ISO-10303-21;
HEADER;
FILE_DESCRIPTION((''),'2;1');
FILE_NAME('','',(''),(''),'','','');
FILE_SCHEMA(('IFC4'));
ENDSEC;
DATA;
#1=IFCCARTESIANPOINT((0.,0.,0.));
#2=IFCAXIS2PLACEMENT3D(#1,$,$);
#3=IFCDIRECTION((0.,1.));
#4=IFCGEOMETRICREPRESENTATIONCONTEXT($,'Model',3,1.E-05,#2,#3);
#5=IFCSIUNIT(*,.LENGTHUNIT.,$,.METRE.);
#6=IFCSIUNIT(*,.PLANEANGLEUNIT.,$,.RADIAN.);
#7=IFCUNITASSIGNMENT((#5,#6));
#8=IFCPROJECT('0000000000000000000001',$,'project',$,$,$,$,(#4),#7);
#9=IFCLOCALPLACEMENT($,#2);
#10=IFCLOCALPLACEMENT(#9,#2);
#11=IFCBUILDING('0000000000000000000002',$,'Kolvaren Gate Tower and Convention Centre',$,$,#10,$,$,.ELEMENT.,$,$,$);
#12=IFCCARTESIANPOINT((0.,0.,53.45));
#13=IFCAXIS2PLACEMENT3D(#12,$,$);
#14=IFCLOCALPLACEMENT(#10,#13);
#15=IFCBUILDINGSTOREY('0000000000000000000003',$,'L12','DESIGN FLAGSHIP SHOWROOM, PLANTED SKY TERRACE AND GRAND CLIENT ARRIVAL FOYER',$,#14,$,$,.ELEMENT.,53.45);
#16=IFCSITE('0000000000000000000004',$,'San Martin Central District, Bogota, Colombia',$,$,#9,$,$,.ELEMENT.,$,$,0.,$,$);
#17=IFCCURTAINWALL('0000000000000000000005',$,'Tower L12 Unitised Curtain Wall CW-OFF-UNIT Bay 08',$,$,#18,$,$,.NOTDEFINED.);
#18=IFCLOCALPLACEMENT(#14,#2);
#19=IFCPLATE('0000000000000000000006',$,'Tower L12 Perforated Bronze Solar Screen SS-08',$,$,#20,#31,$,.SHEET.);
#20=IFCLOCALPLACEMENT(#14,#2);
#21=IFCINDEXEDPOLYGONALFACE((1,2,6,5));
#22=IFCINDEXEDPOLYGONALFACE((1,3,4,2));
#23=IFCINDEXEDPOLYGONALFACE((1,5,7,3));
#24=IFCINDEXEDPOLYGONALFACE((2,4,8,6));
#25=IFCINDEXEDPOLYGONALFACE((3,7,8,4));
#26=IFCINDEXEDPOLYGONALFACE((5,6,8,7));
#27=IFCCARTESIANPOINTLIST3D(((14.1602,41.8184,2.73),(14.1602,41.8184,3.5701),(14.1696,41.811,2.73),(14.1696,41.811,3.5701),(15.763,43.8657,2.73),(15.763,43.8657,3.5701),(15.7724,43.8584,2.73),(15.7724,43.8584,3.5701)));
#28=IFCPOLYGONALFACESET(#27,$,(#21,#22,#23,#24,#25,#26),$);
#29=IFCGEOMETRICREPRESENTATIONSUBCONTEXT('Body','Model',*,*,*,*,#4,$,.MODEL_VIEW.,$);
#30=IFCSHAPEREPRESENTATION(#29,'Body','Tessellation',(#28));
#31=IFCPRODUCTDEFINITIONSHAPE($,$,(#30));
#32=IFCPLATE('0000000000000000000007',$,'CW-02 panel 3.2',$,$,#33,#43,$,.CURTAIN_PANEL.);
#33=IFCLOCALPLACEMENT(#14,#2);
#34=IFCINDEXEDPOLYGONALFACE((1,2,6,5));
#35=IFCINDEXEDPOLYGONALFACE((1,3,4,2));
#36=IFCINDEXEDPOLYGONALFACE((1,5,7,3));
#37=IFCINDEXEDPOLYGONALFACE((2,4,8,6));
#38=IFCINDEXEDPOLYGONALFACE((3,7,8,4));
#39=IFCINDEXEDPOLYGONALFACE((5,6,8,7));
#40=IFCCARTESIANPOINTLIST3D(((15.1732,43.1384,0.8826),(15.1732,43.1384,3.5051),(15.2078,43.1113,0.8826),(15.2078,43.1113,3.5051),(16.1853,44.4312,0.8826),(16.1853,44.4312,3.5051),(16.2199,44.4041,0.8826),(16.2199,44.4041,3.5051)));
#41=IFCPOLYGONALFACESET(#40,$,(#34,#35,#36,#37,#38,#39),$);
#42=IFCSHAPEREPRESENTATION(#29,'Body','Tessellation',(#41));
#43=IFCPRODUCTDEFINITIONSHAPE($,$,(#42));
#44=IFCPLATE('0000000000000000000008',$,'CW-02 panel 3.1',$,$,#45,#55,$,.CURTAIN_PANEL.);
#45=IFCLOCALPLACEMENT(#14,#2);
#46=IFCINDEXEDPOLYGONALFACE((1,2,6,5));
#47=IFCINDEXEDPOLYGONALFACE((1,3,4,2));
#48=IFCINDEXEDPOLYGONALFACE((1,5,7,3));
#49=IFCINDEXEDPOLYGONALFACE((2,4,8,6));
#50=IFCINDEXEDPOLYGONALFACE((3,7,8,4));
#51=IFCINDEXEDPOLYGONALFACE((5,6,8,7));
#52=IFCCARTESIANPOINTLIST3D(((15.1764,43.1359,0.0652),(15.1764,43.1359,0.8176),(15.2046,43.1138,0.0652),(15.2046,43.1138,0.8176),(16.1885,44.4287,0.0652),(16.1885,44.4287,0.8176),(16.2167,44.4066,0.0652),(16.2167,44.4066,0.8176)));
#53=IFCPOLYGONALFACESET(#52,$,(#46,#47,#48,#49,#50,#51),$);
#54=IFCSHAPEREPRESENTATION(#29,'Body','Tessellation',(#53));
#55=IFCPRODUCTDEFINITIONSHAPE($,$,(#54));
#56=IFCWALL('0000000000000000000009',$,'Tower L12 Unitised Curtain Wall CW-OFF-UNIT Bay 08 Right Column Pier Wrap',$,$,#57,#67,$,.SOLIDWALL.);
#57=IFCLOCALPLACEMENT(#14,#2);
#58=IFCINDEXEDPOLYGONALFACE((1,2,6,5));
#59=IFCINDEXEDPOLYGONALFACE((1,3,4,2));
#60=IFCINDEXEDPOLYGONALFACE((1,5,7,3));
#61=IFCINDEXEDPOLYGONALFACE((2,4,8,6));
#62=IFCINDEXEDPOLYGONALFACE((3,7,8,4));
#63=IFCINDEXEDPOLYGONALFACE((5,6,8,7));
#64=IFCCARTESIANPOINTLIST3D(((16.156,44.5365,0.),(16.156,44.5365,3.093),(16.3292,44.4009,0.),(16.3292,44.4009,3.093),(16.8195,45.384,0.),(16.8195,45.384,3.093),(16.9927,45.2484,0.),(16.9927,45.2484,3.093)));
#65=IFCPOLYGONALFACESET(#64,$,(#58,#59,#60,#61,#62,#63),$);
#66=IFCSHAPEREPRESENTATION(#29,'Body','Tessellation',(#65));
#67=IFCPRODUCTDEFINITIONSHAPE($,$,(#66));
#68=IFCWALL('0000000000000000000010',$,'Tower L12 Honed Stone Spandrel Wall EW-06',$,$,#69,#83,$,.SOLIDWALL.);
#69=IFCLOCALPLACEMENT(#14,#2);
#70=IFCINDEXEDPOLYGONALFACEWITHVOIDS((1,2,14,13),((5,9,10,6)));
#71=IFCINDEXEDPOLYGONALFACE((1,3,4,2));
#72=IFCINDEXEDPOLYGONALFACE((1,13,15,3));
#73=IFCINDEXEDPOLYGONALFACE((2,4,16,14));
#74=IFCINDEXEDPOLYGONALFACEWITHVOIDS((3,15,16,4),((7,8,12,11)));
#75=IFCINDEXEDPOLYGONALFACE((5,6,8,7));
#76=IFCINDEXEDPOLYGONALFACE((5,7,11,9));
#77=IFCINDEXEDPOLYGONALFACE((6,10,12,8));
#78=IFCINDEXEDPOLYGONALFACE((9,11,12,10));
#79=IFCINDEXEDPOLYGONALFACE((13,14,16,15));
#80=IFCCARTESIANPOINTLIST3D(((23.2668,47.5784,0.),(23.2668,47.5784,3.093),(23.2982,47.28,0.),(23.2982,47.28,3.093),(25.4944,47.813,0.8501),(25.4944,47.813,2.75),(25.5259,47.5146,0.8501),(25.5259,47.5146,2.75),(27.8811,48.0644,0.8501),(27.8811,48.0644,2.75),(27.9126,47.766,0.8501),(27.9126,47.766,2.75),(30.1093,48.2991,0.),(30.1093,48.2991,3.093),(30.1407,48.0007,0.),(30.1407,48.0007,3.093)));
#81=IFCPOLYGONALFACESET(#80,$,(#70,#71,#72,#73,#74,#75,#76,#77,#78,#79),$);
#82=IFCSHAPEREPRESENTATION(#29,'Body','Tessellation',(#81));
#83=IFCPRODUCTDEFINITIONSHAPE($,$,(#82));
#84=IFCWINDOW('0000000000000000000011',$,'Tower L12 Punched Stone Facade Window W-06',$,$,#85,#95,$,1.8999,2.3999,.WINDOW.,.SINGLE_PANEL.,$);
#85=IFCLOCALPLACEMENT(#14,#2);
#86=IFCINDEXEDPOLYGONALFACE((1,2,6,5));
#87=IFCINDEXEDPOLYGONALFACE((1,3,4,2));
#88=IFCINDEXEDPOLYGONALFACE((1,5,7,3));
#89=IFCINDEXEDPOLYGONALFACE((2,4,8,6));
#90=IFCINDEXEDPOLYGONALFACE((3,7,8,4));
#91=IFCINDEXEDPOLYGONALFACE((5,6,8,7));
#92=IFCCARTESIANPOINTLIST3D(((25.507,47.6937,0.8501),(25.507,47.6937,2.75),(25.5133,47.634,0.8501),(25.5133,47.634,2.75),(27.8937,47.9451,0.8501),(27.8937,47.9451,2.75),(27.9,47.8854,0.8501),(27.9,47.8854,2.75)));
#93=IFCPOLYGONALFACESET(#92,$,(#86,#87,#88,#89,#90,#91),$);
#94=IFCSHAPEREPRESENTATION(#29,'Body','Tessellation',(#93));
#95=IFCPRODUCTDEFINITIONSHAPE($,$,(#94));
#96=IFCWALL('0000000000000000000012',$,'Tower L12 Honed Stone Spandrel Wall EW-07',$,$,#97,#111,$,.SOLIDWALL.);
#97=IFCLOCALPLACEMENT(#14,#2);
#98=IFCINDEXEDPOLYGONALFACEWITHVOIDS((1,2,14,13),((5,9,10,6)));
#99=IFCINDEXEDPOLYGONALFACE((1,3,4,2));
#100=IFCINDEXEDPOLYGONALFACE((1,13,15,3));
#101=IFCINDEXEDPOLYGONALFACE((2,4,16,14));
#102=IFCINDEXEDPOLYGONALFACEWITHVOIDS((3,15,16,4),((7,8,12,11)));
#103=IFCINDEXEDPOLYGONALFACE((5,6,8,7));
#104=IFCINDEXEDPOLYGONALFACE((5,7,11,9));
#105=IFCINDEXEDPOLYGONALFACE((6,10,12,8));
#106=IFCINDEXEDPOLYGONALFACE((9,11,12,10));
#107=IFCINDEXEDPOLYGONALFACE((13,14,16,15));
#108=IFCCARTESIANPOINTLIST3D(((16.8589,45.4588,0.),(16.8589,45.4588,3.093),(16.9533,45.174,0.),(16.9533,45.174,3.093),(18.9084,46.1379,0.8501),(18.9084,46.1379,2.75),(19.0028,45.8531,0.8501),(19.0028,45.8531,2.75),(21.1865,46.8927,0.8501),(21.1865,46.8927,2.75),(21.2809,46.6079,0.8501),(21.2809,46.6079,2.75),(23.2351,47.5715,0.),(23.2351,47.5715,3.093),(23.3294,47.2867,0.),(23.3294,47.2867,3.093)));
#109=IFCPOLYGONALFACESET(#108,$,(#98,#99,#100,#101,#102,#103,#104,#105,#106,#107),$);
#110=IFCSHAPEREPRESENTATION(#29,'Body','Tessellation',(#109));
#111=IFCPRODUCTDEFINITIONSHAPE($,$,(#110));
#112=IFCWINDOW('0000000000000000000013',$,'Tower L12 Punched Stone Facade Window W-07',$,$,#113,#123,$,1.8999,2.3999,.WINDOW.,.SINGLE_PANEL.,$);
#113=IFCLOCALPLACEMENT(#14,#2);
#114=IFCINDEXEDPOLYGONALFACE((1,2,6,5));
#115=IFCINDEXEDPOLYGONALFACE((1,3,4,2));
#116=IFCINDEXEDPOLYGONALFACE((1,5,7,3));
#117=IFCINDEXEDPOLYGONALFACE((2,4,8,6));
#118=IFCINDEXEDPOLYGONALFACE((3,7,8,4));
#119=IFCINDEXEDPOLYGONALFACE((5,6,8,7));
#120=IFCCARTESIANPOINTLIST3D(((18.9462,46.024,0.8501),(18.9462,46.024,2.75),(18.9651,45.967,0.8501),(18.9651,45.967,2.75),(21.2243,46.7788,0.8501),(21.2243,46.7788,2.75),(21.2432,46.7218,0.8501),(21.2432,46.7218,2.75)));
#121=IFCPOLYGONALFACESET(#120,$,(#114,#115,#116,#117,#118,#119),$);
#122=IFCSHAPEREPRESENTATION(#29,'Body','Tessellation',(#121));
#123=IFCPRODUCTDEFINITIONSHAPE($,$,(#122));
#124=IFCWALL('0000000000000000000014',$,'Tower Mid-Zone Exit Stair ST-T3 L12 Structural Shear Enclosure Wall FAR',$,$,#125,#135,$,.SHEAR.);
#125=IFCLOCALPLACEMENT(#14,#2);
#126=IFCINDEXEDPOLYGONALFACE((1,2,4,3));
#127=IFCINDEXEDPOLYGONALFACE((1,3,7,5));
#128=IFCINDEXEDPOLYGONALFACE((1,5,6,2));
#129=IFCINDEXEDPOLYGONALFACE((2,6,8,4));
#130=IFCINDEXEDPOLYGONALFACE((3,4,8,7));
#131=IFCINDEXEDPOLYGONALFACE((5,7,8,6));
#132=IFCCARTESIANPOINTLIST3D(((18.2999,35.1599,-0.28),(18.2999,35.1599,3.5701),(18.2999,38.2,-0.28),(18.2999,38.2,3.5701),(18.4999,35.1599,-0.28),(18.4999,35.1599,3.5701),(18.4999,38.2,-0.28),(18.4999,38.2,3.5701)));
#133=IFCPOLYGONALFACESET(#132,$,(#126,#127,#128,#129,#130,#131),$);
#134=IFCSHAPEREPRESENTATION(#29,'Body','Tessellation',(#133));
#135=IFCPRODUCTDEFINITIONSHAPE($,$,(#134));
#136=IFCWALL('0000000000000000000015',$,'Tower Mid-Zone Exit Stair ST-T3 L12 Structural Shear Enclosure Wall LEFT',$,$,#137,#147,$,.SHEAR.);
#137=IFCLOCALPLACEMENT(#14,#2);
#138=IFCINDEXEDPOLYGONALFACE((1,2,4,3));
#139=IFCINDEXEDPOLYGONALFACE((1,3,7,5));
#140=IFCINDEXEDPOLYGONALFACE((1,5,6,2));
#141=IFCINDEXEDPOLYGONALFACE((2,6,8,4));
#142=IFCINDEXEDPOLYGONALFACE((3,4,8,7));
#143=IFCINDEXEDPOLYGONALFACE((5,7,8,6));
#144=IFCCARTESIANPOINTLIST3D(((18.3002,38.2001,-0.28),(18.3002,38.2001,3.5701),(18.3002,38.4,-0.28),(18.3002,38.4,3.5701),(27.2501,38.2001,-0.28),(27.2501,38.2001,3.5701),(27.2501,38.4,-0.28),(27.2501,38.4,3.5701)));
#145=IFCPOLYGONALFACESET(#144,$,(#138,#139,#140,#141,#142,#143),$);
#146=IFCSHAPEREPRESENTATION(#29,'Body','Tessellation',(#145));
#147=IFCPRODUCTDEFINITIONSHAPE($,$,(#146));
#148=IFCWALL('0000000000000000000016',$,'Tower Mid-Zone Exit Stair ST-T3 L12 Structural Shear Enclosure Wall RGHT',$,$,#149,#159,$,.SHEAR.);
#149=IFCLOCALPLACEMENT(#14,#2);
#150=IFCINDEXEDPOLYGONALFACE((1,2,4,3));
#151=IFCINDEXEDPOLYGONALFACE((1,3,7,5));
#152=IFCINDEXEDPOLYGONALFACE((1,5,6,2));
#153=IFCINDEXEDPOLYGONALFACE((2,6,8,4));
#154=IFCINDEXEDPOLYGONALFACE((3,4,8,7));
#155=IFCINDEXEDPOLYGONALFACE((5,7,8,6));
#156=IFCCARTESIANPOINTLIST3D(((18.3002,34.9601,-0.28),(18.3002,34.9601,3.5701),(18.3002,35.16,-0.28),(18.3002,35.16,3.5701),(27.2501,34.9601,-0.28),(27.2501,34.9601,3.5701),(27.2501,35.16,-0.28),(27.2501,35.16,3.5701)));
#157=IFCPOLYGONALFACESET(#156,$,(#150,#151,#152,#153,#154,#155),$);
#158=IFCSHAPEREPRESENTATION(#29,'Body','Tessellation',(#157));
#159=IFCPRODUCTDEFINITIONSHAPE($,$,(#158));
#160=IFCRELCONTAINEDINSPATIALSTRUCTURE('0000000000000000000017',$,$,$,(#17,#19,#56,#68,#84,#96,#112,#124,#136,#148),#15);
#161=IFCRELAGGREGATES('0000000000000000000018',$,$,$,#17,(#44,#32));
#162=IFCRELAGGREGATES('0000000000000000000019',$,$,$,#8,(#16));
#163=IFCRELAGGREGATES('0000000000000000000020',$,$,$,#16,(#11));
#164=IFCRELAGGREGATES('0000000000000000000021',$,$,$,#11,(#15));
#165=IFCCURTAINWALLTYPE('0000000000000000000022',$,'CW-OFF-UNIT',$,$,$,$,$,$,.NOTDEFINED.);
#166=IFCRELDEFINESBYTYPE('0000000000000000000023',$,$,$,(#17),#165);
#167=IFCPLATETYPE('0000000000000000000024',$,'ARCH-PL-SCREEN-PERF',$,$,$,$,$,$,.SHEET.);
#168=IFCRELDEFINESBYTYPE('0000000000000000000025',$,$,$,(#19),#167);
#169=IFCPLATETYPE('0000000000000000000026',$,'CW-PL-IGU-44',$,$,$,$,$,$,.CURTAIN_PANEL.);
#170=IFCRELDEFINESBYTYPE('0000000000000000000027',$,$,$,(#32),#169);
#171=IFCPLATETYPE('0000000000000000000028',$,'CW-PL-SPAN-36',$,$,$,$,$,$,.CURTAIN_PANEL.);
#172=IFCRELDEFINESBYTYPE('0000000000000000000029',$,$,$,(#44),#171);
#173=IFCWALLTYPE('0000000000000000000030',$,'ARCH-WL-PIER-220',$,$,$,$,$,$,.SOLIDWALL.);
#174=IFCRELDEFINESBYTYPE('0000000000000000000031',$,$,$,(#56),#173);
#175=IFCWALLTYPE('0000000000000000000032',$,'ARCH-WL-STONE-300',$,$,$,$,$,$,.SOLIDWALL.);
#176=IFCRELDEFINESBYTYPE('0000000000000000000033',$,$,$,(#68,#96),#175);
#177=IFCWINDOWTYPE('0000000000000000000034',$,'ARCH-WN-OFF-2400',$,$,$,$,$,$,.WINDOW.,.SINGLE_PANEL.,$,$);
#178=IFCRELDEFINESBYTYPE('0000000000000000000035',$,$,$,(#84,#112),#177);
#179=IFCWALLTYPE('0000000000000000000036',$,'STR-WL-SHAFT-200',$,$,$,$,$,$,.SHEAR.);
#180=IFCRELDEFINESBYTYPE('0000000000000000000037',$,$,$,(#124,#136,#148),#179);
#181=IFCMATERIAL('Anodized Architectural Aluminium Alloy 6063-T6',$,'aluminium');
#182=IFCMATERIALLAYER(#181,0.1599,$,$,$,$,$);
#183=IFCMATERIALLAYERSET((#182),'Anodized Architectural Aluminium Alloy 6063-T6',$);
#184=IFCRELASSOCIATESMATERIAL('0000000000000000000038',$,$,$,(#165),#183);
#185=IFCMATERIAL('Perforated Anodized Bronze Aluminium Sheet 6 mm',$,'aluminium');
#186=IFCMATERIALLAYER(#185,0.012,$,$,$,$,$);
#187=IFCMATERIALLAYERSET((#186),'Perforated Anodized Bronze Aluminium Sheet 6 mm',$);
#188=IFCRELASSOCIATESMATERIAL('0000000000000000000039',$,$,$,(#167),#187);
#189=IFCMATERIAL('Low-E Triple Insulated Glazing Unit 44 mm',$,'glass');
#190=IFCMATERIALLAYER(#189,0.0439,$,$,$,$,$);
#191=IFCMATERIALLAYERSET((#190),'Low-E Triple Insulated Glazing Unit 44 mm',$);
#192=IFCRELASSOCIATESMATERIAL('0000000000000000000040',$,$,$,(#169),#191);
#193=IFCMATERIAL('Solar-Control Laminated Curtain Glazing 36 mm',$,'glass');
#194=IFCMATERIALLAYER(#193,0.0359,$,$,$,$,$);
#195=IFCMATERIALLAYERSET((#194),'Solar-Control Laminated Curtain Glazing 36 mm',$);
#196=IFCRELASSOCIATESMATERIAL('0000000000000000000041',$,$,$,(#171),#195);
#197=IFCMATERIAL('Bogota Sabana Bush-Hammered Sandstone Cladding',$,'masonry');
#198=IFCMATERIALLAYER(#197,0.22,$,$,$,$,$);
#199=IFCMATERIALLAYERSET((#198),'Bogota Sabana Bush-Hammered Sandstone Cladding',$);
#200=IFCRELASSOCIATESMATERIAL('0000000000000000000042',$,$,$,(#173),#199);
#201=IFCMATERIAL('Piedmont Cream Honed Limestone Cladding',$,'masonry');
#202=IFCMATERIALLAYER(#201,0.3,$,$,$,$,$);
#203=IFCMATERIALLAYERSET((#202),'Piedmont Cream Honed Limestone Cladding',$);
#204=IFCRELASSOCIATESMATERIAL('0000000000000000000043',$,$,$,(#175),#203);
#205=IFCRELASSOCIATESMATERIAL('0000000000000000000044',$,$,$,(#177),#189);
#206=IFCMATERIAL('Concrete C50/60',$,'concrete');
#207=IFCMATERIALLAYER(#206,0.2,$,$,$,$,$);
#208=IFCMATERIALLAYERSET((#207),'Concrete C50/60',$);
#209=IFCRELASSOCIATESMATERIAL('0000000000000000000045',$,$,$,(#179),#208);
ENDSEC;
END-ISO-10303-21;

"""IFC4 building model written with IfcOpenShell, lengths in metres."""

from ifc_helpers import new_model, si_unit, direction, frame, frame_2d, origin, origin_2d, place, context, subcontext, project, spatial, rectangle, extrude, material, layer, layer_set, type_object, element, fill, aggregate, save


model = new_model("IFC4")

# Units and contexts
model_context = context("Model", 3, precision=1e-05, world=origin(), true_north=direction((0.0, 1.0)))
body_context = subcontext(model_context, "Body", "Model", "MODEL_VIEW")
ifc_project = project(units=[si_unit("LENGTHUNIT", "METRE"), si_unit("PLANEANGLEUNIT", "RADIAN")], contexts=[model_context])

# Site, building, storey
site_placement = place(None, origin())
site = spatial("IfcSite", under=ifc_project, at=site_placement, Name="San Martin Central District, Bogota, Colombia", CompositionType="ELEMENT", RefElevation=0.0)
building_placement = place(site_placement, origin())
building = spatial("IfcBuilding", under=site, at=building_placement, Name="Kolvaren Gate Tower and Convention Centre", CompositionType="ELEMENT")
storey_placement = place(building_placement, frame((0.0, 0.0, 53.45)))
storey = spatial("IfcBuildingStorey", under=building, at=storey_placement, Name="L12", Description="DESIGN FLAGSHIP SHOWROOM, PLANTED SKY TERRACE AND GRAND CLIENT ARRIVAL FOYER", CompositionType="ELEMENT", Elevation=53.45)

# Curtain wall
ifc_material_1 = material(Name="Anodized Architectural Aluminium Alloy 6063-T6", Category="aluminium")
ifc_layer_1 = layer(ifc_material_1, 0.1599)
ifc_layer_set_1 = layer_set([ifc_layer_1], Name="Anodized Architectural Aluminium Alloy 6063-T6")
curtain_wall_type = type_object("IfcCurtainWallType", Name="CW-OFF-UNIT", PredefinedType="NOTDEFINED", material=ifc_layer_set_1)
curtain_wall_placement = place(storey_placement, origin())
curtain_wall = element("IfcCurtainWall", 1, at=curtain_wall_placement, inside=storey, type_object=curtain_wall_type, Name="Tower L12 Unitised Curtain Wall CW-OFF-UNIT Bay 08", PredefinedType="NOTDEFINED")

# Plates
ifc_material_2 = material(Name="Perforated Anodized Bronze Aluminium Sheet 6 mm", Category="aluminium")
ifc_layer_2 = layer(ifc_material_2, 0.012)
ifc_layer_set_2 = layer_set([ifc_layer_2], Name="Perforated Anodized Bronze Aluminium Sheet 6 mm")
plate_type_1 = type_object("IfcPlateType", Name="ARCH-PL-SCREEN-PERF", PredefinedType="SHEET", material=ifc_layer_set_2)
plate_1_placement = place(storey_placement, frame((14.9663, 42.8384, 2.73), z_axis=(0.0, 0.0, 1.0), x_axis=(0.616442, 0.7874, 0.0)))
element("IfcPlate", 2, at=plate_1_placement, inside=storey, type_object=plate_type_1, Name="Tower L12 Perforated Bronze Solar Screen SS-08", PredefinedType="SHEET", context=body_context, shape_type="SweptSolid", body=[
    extrude(rectangle(XDim=2.6001, YDim=0.012, at=origin_2d()), origin(), (0.0, 0.0, 1.0), 0.8401),
])
ifc_material_3 = material(Name="Low-E Triple Insulated Glazing Unit 44 mm", Category="glass")
ifc_layer_3 = layer(ifc_material_3, 0.0439)
ifc_layer_set_3 = layer_set([ifc_layer_3], Name="Low-E Triple Insulated Glazing Unit 44 mm")
plate_type_2 = type_object("IfcPlateType", Name="CW-PL-IGU-44", PredefinedType="CURTAIN_PANEL", material=ifc_layer_set_3)
plate_2_placement = place(storey_placement, frame((15.6965, 43.7712, 0.8826), z_axis=(0.0, 0.0, 1.0), x_axis=(0.616438, 0.787403, 0.0)))
plate_2 = element("IfcPlate", 3, at=plate_2_placement, type_object=plate_type_2, Name="CW-02 panel 3.2", PredefinedType="CURTAIN_PANEL", context=body_context, shape_type="SweptSolid", body=[
    extrude(rectangle(XDim=1.6418, YDim=0.0439, at=origin_2d()), origin(), (0.0, 0.0, 1.0), 2.6226),
])
ifc_material_4 = material(Name="Solar-Control Laminated Curtain Glazing 36 mm", Category="glass")
ifc_layer_4 = layer(ifc_material_4, 0.0359)
ifc_layer_set_4 = layer_set([ifc_layer_4], Name="Solar-Control Laminated Curtain Glazing 36 mm")
plate_type_3 = type_object("IfcPlateType", Name="CW-PL-SPAN-36", PredefinedType="CURTAIN_PANEL", material=ifc_layer_set_4)
plate_3_placement = place(storey_placement, frame((15.6965, 43.7712, 0.0652), z_axis=(0.0, 0.0, 1.0), x_axis=(0.616438, 0.787403, 0.0)))
plate_3 = element("IfcPlate", 4, at=plate_3_placement, type_object=plate_type_3, Name="CW-02 panel 3.1", PredefinedType="CURTAIN_PANEL", context=body_context, shape_type="SweptSolid", body=[
    extrude(rectangle(XDim=1.6418, YDim=0.0359, at=origin_2d()), origin(), (0.0, 0.0, 1.0), 0.7524),
])
aggregate(curtain_wall, [plate_3, plate_2])

# Wall
ifc_material_5 = material(Name="Bogota Sabana Bush-Hammered Sandstone Cladding", Category="masonry")
ifc_layer_5 = layer(ifc_material_5, 0.22)
ifc_layer_set_5 = layer_set([ifc_layer_5], Name="Bogota Sabana Bush-Hammered Sandstone Cladding")
wall_type_1 = type_object("IfcWallType", Name="ARCH-WL-PIER-220", PredefinedType="SOLIDWALL", material=ifc_layer_set_5)
wall_1_placement = place(storey_placement, frame((16.2427, 44.4688, 0.0), z_axis=(0.0, 0.0, 1.0), x_axis=(0.616418, 0.787419, 0.0)))
element("IfcWall", 5, at=wall_1_placement, inside=storey, type_object=wall_type_1, Name="Tower L12 Unitised Curtain Wall CW-OFF-UNIT Bay 08 Right Column Pier Wrap", PredefinedType="SOLIDWALL", context=body_context, shape_type="SweptSolid", body=[
    extrude(rectangle(XDim=1.0764, YDim=0.22, at=frame_2d((0.5381, 0.0))), origin(), (0.0, 0.0, 1.0), 3.093),
])

# Walls, openings, windows
ifc_material_6 = material(Name="Piedmont Cream Honed Limestone Cladding", Category="masonry")
ifc_layer_6 = layer(ifc_material_6, 0.3)
ifc_layer_set_6 = layer_set([ifc_layer_6], Name="Piedmont Cream Honed Limestone Cladding")
wall_type_2 = type_object("IfcWallType", Name="ARCH-WL-STONE-300", PredefinedType="SOLIDWALL", material=ifc_layer_set_6)
wall_2_placement = place(storey_placement, frame((23.2825, 47.4292, 0.0), z_axis=(0.0, 0.0, 1.0), x_axis=(0.994499, 0.104748, 0.0)))
wall_2 = element("IfcWall", 6, at=wall_2_placement, inside=storey, type_object=wall_type_2, Name="Tower L12 Honed Stone Spandrel Wall EW-06", PredefinedType="SOLIDWALL", context=body_context, shape_type="SweptSolid", body=[
    extrude(rectangle(XDim=6.8804, YDim=0.3, at=frame_2d((3.4402, 0.0))), origin(), (0.0, 0.0, 1.0), 3.093),
])
opening_1_placement = place(wall_2_placement, frame((2.24, 0.0, 0.8501)))
opening_1 = element("IfcOpeningElement", 7, at=opening_1_placement, cuts=wall_2, PredefinedType="OPENING", context=body_context, shape_type="SweptSolid", body=[
    extrude(rectangle(XDim=2.3999, YDim=1.8999, at=frame_2d((1.2, 0.95))), frame((0.0, 0.1599, 0.0), z_axis=(0.0, -1.0, 0.0), x_axis=(1.0, 0.0, 0.0)), (0.0, 0.0, 1.0), 0.3201),
])
window_type = type_object("IfcWindowType", Name="ARCH-WN-OFF-2400", PartitioningType="SINGLE_PANEL", PredefinedType="WINDOW", material=ifc_material_3)
window_1_placement = place(opening_1_placement, origin())
window_1 = element("IfcWindow", 8, at=window_1_placement, inside=storey, type_object=window_type, Name="Tower L12 Punched Stone Facade Window W-06", OverallHeight=1.8999, OverallWidth=2.3999, PartitioningType="SINGLE_PANEL", PredefinedType="WINDOW", context=body_context, shape_type="SweptSolid", body=[
    extrude(rectangle(XDim=2.3999, YDim=1.8999, at=frame_2d((1.2, 0.95))), frame((0.0, 0.03, 0.0), z_axis=(0.0, -1.0, 0.0), x_axis=(1.0, 0.0, 0.0)), (0.0, 0.0, 1.0), 0.0601),
])
fill(opening_1, window_1)
wall_3_placement = place(storey_placement, frame((16.9062, 45.3164, 0.0), z_axis=(0.0, 0.0, 1.0), x_axis=(0.949245, 0.314537, 0.0)))
wall_3 = element("IfcWall", 9, at=wall_3_placement, inside=storey, type_object=wall_type_2, Name="Tower L12 Honed Stone Spandrel Wall EW-07", PredefinedType="SOLIDWALL", context=body_context, shape_type="SweptSolid", body=[
    extrude(rectangle(XDim=6.717, YDim=0.3, at=frame_2d((3.3584, 0.0))), origin(), (0.0, 0.0, 1.0), 3.093),
])
opening_2_placement = place(wall_3_placement, frame((2.1589, 0.0, 0.8501)))
opening_2 = element("IfcOpeningElement", 10, at=opening_2_placement, cuts=wall_3, PredefinedType="OPENING", context=body_context, shape_type="SweptSolid", body=[
    extrude(rectangle(XDim=2.3999, YDim=1.8999, at=frame_2d((1.2, 0.95))), frame((0.0, 0.1599, 0.0), z_axis=(0.0, -1.0, 0.0), x_axis=(1.0, 0.0, 0.0)), (0.0, 0.0, 1.0), 0.3201),
])
window_2_placement = place(opening_2_placement, origin())
window_2 = element("IfcWindow", 11, at=window_2_placement, inside=storey, type_object=window_type, Name="Tower L12 Punched Stone Facade Window W-07", OverallHeight=1.8999, OverallWidth=2.3999, PartitioningType="SINGLE_PANEL", PredefinedType="WINDOW", context=body_context, shape_type="SweptSolid", body=[
    extrude(rectangle(XDim=2.3999, YDim=1.8999, at=frame_2d((1.2, 0.95))), frame((0.0, 0.03, 0.0), z_axis=(0.0, -1.0, 0.0), x_axis=(1.0, 0.0, 0.0)), (0.0, 0.0, 1.0), 0.0601),
])
fill(opening_2, window_2)

# Walls
ifc_material_7 = material(Name="Concrete C50/60", Category="concrete")
ifc_layer_7 = layer(ifc_material_7, 0.2)
ifc_layer_set_7 = layer_set([ifc_layer_7], Name="Concrete C50/60")
wall_type_3 = type_object("IfcWallType", Name="STR-WL-SHAFT-200", PredefinedType="SHEAR", material=ifc_layer_set_7)
wall_4_placement = place(storey_placement, frame((18.3999, 35.1599, -0.28), z_axis=(0.0, 0.0, 1.0), x_axis=(0.0, 1.0, 0.0)))
element("IfcWall", 12, at=wall_4_placement, inside=storey, type_object=wall_type_3, Name="Tower Mid-Zone Exit Stair ST-T3 L12 Structural Shear Enclosure Wall FAR", PredefinedType="SHEAR", context=body_context, shape_type="SweptSolid", body=[
    extrude(rectangle(XDim=3.04, YDim=0.2, at=frame_2d((1.52, 0.0))), origin(), (0.0, 0.0, 1.0), 3.8501),
])
for number, where, z_axis, x_axis, name in (
    (13, (18.3, 38.3, -0.28), (0.0, 0.0, 1.0), (1.0, 0.0, 0.0), "Tower Mid-Zone Exit Stair ST-T3 L12 Structural Shear Enclosure Wall LEFT"),
    (14, (18.3, 35.0601, -0.28), (0.0, 0.0, 1.0), (1.0, 0.0, 0.0), "Tower Mid-Zone Exit Stair ST-T3 L12 Structural Shear Enclosure Wall RGHT"),
):
    element("IfcWall", number, at=place(storey_placement, frame(where, z_axis=z_axis, x_axis=x_axis)), inside=storey, type_object=wall_type_3, Name=name, PredefinedType="SHEAR", context=body_context, shape_type="SweptSolid", body=[
        extrude(rectangle(XDim=8.95, YDim=0.2, at=frame_2d((4.4751, 0.0))), origin(), (0.0, 0.0, 1.0), 3.8501),
    ])

save(model, "model.ifc")
